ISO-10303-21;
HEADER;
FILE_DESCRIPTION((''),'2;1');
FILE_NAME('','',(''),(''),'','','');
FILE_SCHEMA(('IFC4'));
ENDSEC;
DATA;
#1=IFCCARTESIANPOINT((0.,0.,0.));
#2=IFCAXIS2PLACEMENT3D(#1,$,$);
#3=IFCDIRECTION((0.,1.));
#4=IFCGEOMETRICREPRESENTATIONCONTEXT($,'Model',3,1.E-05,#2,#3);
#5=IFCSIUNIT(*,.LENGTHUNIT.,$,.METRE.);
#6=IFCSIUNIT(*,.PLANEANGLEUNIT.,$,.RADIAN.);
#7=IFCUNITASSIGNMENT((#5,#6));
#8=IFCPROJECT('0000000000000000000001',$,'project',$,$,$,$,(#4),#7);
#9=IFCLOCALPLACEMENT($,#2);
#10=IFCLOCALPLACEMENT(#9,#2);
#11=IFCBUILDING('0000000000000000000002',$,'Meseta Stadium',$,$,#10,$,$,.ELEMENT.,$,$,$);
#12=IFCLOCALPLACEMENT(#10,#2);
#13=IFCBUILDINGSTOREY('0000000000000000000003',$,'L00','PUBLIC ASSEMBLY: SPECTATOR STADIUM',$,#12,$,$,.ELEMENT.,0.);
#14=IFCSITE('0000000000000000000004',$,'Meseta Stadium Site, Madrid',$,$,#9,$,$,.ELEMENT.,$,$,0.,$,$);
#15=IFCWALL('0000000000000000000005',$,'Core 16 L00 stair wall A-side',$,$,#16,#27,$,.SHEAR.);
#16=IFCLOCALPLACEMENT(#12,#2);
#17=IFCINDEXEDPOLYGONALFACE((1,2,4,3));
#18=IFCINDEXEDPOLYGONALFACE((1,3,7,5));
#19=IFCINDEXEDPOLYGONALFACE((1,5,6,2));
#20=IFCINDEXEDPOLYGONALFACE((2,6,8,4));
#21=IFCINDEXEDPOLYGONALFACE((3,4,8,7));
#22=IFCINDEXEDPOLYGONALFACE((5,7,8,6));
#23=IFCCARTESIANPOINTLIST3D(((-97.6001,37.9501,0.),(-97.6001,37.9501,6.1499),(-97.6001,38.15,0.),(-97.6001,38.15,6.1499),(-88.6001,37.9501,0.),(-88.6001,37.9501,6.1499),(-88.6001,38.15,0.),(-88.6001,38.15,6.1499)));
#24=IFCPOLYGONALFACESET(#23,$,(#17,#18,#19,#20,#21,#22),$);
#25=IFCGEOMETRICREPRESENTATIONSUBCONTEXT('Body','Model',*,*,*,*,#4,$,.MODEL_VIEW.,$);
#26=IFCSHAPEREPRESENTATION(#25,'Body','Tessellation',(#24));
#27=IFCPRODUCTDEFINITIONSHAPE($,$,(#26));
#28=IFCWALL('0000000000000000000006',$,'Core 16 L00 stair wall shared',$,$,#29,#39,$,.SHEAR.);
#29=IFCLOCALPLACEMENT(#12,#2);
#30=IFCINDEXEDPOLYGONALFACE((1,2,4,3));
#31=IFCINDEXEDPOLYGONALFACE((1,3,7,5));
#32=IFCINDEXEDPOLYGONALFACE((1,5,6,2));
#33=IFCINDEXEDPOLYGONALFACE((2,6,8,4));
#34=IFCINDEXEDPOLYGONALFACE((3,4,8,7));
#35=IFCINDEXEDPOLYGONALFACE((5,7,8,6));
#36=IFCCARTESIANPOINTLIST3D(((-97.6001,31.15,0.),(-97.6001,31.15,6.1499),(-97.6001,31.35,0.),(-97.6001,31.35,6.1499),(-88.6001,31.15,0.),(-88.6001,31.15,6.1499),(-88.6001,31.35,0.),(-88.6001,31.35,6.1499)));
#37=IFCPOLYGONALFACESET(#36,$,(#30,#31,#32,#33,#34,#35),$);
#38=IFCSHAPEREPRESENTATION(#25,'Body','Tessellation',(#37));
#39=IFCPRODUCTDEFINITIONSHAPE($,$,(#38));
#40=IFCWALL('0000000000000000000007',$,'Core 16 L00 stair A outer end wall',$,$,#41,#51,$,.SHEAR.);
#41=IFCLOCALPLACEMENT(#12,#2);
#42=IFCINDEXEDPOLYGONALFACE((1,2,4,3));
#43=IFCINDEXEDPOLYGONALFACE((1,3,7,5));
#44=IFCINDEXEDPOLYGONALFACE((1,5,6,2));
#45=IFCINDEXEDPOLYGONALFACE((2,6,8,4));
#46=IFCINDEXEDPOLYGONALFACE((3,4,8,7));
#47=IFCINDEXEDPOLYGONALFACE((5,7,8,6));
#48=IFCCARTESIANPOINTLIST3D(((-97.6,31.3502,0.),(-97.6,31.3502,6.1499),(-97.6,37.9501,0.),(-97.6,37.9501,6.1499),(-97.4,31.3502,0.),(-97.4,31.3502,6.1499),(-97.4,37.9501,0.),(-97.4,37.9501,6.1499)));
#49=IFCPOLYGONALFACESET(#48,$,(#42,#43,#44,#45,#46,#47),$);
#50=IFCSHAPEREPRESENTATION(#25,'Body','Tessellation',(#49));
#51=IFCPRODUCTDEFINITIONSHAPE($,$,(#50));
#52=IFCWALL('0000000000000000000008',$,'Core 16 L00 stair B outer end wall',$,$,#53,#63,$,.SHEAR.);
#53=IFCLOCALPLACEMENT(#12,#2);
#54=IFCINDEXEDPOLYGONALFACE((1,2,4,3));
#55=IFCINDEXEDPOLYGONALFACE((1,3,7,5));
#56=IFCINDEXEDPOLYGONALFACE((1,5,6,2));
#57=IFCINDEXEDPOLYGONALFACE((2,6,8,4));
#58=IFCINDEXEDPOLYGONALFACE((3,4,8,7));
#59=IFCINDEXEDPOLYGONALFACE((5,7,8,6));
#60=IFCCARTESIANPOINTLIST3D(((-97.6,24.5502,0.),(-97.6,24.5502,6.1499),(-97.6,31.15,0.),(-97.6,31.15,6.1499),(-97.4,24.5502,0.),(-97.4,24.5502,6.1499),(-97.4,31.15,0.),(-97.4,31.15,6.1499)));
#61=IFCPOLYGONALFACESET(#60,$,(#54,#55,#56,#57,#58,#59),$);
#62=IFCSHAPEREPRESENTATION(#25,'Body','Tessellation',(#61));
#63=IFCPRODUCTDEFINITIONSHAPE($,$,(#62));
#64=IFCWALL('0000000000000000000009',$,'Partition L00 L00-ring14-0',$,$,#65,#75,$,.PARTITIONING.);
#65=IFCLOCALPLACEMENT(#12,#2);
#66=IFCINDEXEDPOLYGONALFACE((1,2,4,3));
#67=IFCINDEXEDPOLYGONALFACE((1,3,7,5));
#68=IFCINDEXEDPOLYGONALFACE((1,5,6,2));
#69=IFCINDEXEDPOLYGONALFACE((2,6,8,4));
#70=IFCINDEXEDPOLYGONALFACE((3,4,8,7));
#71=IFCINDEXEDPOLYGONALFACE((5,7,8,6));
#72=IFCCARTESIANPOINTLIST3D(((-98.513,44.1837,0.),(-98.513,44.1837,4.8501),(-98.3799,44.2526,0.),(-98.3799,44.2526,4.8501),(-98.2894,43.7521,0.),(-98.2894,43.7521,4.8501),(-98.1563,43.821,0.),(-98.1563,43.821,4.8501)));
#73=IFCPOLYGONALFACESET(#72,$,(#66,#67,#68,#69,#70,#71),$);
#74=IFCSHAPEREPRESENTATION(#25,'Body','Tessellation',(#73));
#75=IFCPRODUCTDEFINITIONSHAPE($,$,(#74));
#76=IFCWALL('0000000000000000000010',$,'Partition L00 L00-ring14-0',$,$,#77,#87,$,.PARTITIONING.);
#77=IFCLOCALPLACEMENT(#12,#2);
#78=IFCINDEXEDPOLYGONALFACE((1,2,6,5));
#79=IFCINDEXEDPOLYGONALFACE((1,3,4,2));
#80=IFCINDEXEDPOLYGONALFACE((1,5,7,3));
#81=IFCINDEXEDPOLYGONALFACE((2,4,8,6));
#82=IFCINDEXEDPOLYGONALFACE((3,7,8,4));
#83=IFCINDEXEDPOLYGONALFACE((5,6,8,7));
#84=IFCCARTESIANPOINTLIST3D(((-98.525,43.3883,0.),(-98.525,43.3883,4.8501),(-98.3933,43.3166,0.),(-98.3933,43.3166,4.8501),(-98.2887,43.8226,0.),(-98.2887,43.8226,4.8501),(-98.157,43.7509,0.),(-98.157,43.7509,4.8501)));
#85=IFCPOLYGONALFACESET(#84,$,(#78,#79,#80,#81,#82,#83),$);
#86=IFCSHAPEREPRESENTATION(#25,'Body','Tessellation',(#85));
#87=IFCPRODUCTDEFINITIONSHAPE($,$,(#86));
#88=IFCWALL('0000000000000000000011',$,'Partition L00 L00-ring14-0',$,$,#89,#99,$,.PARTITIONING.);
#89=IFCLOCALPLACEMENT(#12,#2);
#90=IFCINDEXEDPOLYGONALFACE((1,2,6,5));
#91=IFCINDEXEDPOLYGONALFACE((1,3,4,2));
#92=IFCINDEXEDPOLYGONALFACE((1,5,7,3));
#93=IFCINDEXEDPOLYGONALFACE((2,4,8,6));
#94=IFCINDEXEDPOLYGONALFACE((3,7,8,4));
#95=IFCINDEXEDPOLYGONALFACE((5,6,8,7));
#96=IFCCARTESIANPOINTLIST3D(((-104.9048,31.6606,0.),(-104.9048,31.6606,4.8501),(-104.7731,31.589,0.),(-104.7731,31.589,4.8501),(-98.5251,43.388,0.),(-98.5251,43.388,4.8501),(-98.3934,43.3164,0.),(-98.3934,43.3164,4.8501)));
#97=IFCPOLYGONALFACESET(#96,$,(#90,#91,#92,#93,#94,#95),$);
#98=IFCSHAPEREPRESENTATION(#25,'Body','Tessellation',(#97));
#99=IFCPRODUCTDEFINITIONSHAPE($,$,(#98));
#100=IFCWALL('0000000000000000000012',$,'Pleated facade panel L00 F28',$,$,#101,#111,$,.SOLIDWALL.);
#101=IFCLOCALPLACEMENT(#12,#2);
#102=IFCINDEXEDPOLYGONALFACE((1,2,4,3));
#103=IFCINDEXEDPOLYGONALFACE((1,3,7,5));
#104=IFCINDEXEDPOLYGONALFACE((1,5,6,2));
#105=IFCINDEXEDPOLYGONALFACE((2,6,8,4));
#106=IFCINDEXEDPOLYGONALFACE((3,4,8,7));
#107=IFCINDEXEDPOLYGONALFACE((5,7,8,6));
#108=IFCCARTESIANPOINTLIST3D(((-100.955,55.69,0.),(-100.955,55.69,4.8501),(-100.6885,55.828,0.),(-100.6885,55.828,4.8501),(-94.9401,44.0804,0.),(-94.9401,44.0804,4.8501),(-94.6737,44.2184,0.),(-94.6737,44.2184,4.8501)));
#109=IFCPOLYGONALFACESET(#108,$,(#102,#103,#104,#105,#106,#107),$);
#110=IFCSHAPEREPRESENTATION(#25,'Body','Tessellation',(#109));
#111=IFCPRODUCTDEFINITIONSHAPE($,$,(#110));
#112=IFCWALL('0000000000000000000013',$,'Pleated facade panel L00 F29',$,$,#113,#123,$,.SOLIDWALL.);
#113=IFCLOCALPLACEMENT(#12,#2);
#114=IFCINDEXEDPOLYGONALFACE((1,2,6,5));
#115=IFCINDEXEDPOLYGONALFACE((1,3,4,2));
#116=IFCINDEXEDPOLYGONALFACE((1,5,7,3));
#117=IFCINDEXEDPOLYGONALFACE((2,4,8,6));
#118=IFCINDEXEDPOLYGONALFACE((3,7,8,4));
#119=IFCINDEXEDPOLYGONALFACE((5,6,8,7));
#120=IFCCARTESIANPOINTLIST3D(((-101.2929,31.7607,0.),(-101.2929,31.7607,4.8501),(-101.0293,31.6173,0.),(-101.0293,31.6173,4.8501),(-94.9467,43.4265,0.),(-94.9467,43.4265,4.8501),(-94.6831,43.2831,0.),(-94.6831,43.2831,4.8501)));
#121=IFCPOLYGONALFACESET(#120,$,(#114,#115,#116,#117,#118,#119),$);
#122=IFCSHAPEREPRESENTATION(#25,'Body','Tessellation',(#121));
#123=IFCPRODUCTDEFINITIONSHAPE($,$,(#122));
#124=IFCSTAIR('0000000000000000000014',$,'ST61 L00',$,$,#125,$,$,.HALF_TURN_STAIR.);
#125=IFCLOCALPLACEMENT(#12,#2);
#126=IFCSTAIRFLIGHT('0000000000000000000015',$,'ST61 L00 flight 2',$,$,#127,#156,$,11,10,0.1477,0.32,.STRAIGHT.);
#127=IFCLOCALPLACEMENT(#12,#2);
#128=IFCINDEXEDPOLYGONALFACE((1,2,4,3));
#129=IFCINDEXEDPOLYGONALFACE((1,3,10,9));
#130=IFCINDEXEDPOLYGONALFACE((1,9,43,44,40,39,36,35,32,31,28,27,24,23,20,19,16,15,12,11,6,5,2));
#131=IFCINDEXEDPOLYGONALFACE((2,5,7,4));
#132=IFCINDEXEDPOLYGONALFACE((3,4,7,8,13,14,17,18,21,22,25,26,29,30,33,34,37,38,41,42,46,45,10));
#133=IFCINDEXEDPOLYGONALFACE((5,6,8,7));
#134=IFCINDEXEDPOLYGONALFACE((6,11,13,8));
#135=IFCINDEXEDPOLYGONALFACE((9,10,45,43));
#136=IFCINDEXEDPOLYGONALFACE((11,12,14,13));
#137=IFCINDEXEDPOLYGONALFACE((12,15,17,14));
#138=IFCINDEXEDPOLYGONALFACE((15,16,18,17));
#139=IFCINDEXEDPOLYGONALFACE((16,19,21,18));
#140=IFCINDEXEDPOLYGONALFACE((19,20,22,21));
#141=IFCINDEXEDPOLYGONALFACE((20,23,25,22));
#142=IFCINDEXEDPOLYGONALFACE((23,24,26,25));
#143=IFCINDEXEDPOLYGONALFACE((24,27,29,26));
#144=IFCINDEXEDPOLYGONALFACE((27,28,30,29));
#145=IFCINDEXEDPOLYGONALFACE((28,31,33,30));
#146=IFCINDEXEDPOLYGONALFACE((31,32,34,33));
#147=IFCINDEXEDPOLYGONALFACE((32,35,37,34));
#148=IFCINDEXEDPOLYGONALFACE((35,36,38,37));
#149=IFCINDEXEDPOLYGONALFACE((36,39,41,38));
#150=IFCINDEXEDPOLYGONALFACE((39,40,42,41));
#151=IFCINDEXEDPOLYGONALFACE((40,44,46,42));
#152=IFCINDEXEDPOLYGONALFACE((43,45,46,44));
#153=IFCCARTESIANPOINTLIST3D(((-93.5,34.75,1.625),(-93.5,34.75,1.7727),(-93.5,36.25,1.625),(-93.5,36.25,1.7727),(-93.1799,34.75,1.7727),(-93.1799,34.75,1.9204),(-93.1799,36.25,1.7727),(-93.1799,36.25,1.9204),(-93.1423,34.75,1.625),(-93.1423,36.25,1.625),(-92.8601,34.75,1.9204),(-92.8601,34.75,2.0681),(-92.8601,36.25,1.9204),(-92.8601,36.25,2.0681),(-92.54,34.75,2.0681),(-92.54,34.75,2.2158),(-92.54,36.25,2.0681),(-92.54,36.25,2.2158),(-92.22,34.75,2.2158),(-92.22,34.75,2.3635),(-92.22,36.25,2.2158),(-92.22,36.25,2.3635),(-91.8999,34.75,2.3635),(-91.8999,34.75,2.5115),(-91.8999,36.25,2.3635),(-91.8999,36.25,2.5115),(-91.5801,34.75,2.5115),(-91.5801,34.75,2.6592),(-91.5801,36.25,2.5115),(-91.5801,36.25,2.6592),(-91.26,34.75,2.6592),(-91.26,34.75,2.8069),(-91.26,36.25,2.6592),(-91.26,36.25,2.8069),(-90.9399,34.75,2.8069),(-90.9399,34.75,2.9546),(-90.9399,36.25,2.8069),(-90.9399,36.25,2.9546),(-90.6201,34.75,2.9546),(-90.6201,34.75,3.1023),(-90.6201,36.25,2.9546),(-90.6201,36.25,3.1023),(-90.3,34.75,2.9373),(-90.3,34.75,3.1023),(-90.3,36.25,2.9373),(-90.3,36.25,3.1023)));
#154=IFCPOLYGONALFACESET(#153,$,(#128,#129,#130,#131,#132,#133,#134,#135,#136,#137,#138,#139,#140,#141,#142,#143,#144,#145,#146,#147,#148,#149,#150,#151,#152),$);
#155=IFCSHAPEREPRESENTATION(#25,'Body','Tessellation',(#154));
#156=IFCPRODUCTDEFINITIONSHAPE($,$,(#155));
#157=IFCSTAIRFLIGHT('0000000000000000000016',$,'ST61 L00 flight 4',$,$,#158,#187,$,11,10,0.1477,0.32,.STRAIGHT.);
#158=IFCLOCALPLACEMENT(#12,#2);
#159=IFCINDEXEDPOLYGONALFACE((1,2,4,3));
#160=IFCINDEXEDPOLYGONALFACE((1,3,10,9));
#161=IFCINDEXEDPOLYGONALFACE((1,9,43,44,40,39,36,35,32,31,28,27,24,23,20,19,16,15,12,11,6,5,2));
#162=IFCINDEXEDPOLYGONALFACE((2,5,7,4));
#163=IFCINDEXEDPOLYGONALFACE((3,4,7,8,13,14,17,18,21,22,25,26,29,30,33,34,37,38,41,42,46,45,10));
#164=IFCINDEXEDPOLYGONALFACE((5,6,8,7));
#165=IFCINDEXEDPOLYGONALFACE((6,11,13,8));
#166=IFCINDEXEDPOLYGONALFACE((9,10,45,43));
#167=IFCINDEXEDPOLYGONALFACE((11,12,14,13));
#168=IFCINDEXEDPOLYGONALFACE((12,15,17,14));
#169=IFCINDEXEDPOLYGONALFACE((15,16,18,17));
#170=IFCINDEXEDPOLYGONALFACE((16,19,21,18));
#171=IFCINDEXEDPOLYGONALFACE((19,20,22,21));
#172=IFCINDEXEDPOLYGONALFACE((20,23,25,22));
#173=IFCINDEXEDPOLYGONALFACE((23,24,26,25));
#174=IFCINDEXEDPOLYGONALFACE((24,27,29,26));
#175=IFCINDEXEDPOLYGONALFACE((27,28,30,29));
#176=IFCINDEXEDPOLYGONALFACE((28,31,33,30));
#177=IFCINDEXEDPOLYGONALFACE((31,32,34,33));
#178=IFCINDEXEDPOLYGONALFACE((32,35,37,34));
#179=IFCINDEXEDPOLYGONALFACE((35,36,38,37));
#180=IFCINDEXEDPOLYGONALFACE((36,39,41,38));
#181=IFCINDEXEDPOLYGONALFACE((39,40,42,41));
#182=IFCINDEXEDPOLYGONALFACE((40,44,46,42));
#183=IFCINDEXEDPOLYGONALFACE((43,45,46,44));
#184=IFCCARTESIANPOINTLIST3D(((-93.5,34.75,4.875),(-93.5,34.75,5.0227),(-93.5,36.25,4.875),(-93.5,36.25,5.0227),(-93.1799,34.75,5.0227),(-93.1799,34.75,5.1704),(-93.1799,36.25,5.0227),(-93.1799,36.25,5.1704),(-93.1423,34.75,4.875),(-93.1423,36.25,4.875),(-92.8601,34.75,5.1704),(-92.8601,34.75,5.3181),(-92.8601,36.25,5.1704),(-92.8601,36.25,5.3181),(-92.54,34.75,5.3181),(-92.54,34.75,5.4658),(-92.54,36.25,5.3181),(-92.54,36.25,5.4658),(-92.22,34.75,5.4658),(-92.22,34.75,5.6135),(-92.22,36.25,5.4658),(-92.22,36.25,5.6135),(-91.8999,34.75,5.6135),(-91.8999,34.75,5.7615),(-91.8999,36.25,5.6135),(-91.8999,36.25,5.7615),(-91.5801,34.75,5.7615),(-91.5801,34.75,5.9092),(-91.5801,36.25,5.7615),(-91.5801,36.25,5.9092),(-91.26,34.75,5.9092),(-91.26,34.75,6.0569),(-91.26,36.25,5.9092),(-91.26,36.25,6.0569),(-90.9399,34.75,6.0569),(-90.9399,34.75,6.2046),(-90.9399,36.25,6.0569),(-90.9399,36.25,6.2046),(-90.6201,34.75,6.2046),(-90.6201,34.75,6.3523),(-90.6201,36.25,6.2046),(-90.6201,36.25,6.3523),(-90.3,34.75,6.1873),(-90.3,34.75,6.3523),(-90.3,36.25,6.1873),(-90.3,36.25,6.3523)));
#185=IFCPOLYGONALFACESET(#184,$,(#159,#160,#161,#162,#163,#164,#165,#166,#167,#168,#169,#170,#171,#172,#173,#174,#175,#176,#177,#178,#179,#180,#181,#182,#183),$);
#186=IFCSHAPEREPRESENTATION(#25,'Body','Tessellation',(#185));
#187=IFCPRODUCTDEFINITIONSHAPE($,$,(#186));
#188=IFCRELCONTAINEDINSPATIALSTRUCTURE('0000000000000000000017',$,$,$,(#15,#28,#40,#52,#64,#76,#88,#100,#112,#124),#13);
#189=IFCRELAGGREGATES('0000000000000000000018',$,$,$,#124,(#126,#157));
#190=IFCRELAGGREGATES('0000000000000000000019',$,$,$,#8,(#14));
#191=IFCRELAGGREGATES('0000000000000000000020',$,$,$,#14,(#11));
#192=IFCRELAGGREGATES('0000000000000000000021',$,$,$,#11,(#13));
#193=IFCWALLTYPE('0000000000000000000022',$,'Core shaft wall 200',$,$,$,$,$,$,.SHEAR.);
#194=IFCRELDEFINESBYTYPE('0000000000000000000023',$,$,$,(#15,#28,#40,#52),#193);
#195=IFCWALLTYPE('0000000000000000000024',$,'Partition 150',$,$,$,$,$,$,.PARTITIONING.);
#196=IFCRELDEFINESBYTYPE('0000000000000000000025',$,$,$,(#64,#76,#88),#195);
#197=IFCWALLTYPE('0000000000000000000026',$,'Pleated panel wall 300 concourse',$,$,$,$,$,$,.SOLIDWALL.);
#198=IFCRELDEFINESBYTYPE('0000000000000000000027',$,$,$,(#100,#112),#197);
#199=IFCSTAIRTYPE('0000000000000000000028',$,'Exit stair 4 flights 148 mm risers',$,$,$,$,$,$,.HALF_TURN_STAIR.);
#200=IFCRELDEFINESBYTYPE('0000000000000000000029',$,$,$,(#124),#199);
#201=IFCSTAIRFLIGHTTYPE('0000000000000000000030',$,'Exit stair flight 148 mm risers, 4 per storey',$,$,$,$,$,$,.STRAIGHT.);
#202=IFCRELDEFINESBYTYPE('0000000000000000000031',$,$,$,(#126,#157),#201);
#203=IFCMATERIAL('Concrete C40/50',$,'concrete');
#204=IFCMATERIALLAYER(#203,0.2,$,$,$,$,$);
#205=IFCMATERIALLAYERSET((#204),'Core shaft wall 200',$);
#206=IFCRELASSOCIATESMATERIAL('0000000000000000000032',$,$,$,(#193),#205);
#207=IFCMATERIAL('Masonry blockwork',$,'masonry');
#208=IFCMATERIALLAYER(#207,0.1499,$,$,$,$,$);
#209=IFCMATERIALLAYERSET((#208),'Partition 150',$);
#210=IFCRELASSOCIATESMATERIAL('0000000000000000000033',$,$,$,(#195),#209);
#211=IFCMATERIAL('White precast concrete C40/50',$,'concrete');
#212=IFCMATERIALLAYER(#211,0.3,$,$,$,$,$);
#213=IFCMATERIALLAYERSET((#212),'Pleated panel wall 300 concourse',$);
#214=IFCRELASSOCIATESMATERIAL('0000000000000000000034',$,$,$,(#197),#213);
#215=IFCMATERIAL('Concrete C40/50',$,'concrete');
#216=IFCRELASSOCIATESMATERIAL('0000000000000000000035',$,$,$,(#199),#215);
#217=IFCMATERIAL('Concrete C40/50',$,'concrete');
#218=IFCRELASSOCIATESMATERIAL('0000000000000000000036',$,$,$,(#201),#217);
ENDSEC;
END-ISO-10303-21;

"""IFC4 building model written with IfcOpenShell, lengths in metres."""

from ifc_helpers import new_model, si_unit, direction, frame, frame_2d, origin, place, context, subcontext, project, spatial, polyline, rectangle, outline, extrude, material, layer, layer_set, type_object, element, aggregate, save


model = new_model("IFC4")

# Units and contexts
model_context = context("Model", 3, precision=1e-05, world=origin(), true_north=direction((0.0, 1.0)))
body_context = subcontext(model_context, "Body", "Model", "MODEL_VIEW")
ifc_project = project(units=[si_unit("LENGTHUNIT", "METRE"), si_unit("PLANEANGLEUNIT", "RADIAN")], contexts=[model_context])

# Site, building, storey
site_placement = place(None, origin())
site = spatial("IfcSite", under=ifc_project, at=site_placement, Name="Meseta Stadium Site, Madrid", CompositionType="ELEMENT", RefElevation=0.0)
building_placement = place(site_placement, origin())
building = spatial("IfcBuilding", under=site, at=building_placement, Name="Meseta Stadium", CompositionType="ELEMENT")
storey_placement = place(building_placement, origin())
storey = spatial("IfcBuildingStorey", under=building, at=storey_placement, Name="L00", Description="PUBLIC ASSEMBLY: SPECTATOR STADIUM", CompositionType="ELEMENT", Elevation=0.0)

# Walls
ifc_material_1 = material(Name="Concrete C40/50", Category="concrete")
ifc_layer_1 = layer(ifc_material_1, 0.2)
ifc_layer_set_1 = layer_set([ifc_layer_1], Name="Core shaft wall 200")
wall_type_1 = type_object("IfcWallType", Name="Core shaft wall 200", PredefinedType="SHEAR", material=ifc_layer_set_1)
for number, where, z_axis, x_axis, name in (
    (1, (-97.6001, 38.05, 0.0), (0.0, 0.0, 1.0), (1.0, 0.0, 0.0), "Core 16 L00 stair wall A-side"),
    (2, (-97.6001, 31.25, 0.0), (0.0, 0.0, 1.0), (1.0, 0.0, 0.0), "Core 16 L00 stair wall shared"),
):
    element("IfcWall", number, at=place(storey_placement, frame(where, z_axis=z_axis, x_axis=x_axis)), inside=storey, type_object=wall_type_1, Name=name, PredefinedType="SHEAR", context=body_context, shape_type="SweptSolid", body=[
        extrude(rectangle(XDim=9.0, YDim=0.2, at=frame_2d((4.5, 0.0))), origin(), (0.0, 0.0, 1.0), 6.1499),
    ])
for number, where, z_axis, x_axis, name in (
    (3, (-97.5, 37.95, 0.0), (0.0, 0.0, 1.0), (0.0, -1.0, 0.0), "Core 16 L00 stair A outer end wall"),
    (4, (-97.5, 31.1499, 0.0), (0.0, 0.0, 1.0), (0.0, -1.0, 0.0), "Core 16 L00 stair B outer end wall"),
):
    element("IfcWall", number, at=place(storey_placement, frame(where, z_axis=z_axis, x_axis=x_axis)), inside=storey, type_object=wall_type_1, Name=name, PredefinedType="SHEAR", context=body_context, shape_type="SweptSolid", body=[
        extrude(rectangle(XDim=6.5999, YDim=0.2, at=frame_2d((3.2998, 0.0))), origin(), (0.0, 0.0, 1.0), 6.1499),
    ])
ifc_material_2 = material(Name="Masonry blockwork", Category="masonry")
ifc_layer_2 = layer(ifc_material_2, 0.1499)
ifc_layer_set_2 = layer_set([ifc_layer_2], Name="Partition 150")
wall_type_2 = type_object("IfcWallType", Name="Partition 150", PredefinedType="PARTITIONING", material=ifc_layer_set_2)
wall_1_placement = place(storey_placement, frame((-98.4465, 44.2183, 0.0), z_axis=(0.0, 0.0, 1.0), x_axis=(0.460024, -0.887907, 0.0)))
element("IfcWall", 5, at=wall_1_placement, inside=storey, type_object=wall_type_2, Name="Partition L00 L00-ring14-0", PredefinedType="PARTITIONING", context=body_context, shape_type="SweptSolid", body=[
    extrude(rectangle(XDim=0.4861, YDim=0.1499, at=frame_2d((0.2432, 0.0))), origin(), (0.0, 0.0, 1.0), 4.8501),
])
wall_2_placement = place(storey_placement, frame((-98.2229, 43.7866, 0.0), z_axis=(0.0, 0.0, 1.0), x_axis=(-0.477952, -0.878386, 0.0)))
element("IfcWall", 6, at=wall_2_placement, inside=storey, type_object=wall_type_2, Name="Partition L00 L00-ring14-0", PredefinedType="PARTITIONING", context=body_context, shape_type="SweptSolid", body=[
    extrude(rectangle(XDim=0.4944, YDim=0.1499, at=frame_2d((0.2471, 0.0))), origin(), (0.0, 0.0, 1.0), 4.8501),
])
wall_3_placement = place(storey_placement, frame((-98.4592, 43.3523, 0.0), z_axis=(0.0, 0.0, 1.0), x_axis=(-0.477867, -0.878432, 0.0)))
element("IfcWall", 7, at=wall_3_placement, inside=storey, type_object=wall_type_2, Name="Partition L00 L00-ring14-0", PredefinedType="PARTITIONING", context=body_context, shape_type="SweptSolid", body=[
    extrude(rectangle(XDim=13.3503, YDim=0.1499, at=frame_2d((6.6753, 0.0))), origin(), (0.0, 0.0, 1.0), 4.8501),
])
ifc_material_3 = material(Name="White precast concrete C40/50", Category="concrete")
ifc_layer_3 = layer(ifc_material_3, 0.3)
ifc_layer_set_3 = layer_set([ifc_layer_3], Name="Pleated panel wall 300 concourse")
wall_type_3 = type_object("IfcWallType", Name="Pleated panel wall 300 concourse", PredefinedType="SOLIDWALL", material=ifc_layer_set_3)
wall_4_placement = place(storey_placement, frame((-94.8069, 44.1494, 0.0), z_axis=(0.0, 0.0, 1.0), x_axis=(-0.460021, 0.887908, 0.0)))
element("IfcWall", 8, at=wall_4_placement, inside=storey, type_object=wall_type_3, Name="Pleated facade panel L00 F28", PredefinedType="SOLIDWALL", context=body_context, shape_type="SweptSolid", body=[
    extrude(rectangle(XDim=13.0752, YDim=0.3, at=frame_2d((6.5376, 0.0))), origin(), (0.0, 0.0, 1.0), 4.8501),
])
wall_5_placement = place(storey_placement, frame((-101.1611, 31.689, 0.0), z_axis=(0.0, 0.0, 1.0), x_axis=(0.477868, 0.878432, 0.0)))
element("IfcWall", 9, at=wall_5_placement, inside=storey, type_object=wall_type_3, Name="Pleated facade panel L00 F29", PredefinedType="SOLIDWALL", context=body_context, shape_type="SweptSolid", body=[
    extrude(rectangle(XDim=13.2803, YDim=0.3, at=frame_2d((6.6401, 0.0))), origin(), (0.0, 0.0, 1.0), 4.8501),
])

# Stair, stair flights
ifc_material_4 = material(Name="Concrete C40/50", Category="concrete")
stair_type = type_object("IfcStairType", Name="Exit stair 4 flights 148 mm risers", PredefinedType="HALF_TURN_STAIR", material=ifc_material_4)
stair_1_placement = place(storey_placement, origin())
stair_1 = element("IfcStair", 10, at=stair_1_placement, inside=storey, type_object=stair_type, Name="ST61 L00", PredefinedType="HALF_TURN_STAIR")
ifc_material_5 = material(Name="Concrete C40/50", Category="concrete")
stair_flight_type = type_object("IfcStairFlightType", Name="Exit stair flight 148 mm risers, 4 per storey", PredefinedType="STRAIGHT", material=ifc_material_5)
stair_flight_1_placement = place(storey_placement, frame((-93.5, 35.5, 1.625), z_axis=(0.0, 0.0, 1.0), x_axis=(1.0, 0.0, 0.0)))
stair_flight_1 = element("IfcStairFlight", 11, at=stair_flight_1_placement, type_object=stair_flight_type, Name="ST61 L00 flight 2", NumberOfRisers=11, NumberOfTreads=10, PredefinedType="STRAIGHT", RiserHeight=0.1477, TreadLength=0.32, context=body_context, shape_type="SweptSolid", body=[
    extrude(outline(polyline([(0.0, 0.0), (0.0, 0.1477), (0.3201, 0.1477), (0.3201, 0.2954), (0.6399, 0.2954), (0.6399, 0.4431), (0.96, 0.4431), (0.96, 0.5908), (1.28, 0.5908), (1.28, 0.7385), (1.6001, 0.7385), (1.6001, 0.8865), (1.9199, 0.8865), (1.9199, 1.0342), (2.24, 1.0342), (2.24, 1.1819), (2.5601, 1.1819), (2.5601, 1.3296), (2.8799, 1.3296), (2.8799, 1.4773), (3.2, 1.4773), (3.2, 1.3123), (0.3577, 0.0), (0.0, 0.0)])), frame((0.0, 0.75, 0.0), z_axis=(0.0, -1.0, 0.0), x_axis=(1.0, 0.0, 0.0)), (0.0, 0.0, 1.0), 1.5),
])
stair_flight_2_placement = place(storey_placement, frame((-93.5, 35.5, 4.875), z_axis=(0.0, 0.0, 1.0), x_axis=(1.0, 0.0, 0.0)))
stair_flight_2 = element("IfcStairFlight", 12, at=stair_flight_2_placement, type_object=stair_flight_type, Name="ST61 L00 flight 4", NumberOfRisers=11, NumberOfTreads=10, PredefinedType="STRAIGHT", RiserHeight=0.1477, TreadLength=0.32, context=body_context, shape_type="SweptSolid", body=[
    extrude(outline(polyline([(0.0, 0.0), (0.0, 0.1477), (0.3201, 0.1477), (0.3201, 0.2954), (0.6399, 0.2954), (0.6399, 0.4431), (0.96, 0.4431), (0.96, 0.5908), (1.28, 0.5908), (1.28, 0.7385), (1.6001, 0.7385), (1.6001, 0.8865), (1.9199, 0.8865), (1.9199, 1.0342), (2.24, 1.0342), (2.24, 1.1819), (2.5601, 1.1819), (2.5601, 1.3296), (2.8799, 1.3296), (2.8799, 1.4773), (3.2, 1.4773), (3.2, 1.3123), (0.3577, 0.0), (0.0, 0.0)])), frame((0.0, 0.75, 0.0), z_axis=(0.0, -1.0, 0.0), x_axis=(1.0, 0.0, 0.0)), (0.0, 0.0, 1.0), 1.5),
])
aggregate(stair_1, [stair_flight_1, stair_flight_2])

save(model, "model.ifc")
